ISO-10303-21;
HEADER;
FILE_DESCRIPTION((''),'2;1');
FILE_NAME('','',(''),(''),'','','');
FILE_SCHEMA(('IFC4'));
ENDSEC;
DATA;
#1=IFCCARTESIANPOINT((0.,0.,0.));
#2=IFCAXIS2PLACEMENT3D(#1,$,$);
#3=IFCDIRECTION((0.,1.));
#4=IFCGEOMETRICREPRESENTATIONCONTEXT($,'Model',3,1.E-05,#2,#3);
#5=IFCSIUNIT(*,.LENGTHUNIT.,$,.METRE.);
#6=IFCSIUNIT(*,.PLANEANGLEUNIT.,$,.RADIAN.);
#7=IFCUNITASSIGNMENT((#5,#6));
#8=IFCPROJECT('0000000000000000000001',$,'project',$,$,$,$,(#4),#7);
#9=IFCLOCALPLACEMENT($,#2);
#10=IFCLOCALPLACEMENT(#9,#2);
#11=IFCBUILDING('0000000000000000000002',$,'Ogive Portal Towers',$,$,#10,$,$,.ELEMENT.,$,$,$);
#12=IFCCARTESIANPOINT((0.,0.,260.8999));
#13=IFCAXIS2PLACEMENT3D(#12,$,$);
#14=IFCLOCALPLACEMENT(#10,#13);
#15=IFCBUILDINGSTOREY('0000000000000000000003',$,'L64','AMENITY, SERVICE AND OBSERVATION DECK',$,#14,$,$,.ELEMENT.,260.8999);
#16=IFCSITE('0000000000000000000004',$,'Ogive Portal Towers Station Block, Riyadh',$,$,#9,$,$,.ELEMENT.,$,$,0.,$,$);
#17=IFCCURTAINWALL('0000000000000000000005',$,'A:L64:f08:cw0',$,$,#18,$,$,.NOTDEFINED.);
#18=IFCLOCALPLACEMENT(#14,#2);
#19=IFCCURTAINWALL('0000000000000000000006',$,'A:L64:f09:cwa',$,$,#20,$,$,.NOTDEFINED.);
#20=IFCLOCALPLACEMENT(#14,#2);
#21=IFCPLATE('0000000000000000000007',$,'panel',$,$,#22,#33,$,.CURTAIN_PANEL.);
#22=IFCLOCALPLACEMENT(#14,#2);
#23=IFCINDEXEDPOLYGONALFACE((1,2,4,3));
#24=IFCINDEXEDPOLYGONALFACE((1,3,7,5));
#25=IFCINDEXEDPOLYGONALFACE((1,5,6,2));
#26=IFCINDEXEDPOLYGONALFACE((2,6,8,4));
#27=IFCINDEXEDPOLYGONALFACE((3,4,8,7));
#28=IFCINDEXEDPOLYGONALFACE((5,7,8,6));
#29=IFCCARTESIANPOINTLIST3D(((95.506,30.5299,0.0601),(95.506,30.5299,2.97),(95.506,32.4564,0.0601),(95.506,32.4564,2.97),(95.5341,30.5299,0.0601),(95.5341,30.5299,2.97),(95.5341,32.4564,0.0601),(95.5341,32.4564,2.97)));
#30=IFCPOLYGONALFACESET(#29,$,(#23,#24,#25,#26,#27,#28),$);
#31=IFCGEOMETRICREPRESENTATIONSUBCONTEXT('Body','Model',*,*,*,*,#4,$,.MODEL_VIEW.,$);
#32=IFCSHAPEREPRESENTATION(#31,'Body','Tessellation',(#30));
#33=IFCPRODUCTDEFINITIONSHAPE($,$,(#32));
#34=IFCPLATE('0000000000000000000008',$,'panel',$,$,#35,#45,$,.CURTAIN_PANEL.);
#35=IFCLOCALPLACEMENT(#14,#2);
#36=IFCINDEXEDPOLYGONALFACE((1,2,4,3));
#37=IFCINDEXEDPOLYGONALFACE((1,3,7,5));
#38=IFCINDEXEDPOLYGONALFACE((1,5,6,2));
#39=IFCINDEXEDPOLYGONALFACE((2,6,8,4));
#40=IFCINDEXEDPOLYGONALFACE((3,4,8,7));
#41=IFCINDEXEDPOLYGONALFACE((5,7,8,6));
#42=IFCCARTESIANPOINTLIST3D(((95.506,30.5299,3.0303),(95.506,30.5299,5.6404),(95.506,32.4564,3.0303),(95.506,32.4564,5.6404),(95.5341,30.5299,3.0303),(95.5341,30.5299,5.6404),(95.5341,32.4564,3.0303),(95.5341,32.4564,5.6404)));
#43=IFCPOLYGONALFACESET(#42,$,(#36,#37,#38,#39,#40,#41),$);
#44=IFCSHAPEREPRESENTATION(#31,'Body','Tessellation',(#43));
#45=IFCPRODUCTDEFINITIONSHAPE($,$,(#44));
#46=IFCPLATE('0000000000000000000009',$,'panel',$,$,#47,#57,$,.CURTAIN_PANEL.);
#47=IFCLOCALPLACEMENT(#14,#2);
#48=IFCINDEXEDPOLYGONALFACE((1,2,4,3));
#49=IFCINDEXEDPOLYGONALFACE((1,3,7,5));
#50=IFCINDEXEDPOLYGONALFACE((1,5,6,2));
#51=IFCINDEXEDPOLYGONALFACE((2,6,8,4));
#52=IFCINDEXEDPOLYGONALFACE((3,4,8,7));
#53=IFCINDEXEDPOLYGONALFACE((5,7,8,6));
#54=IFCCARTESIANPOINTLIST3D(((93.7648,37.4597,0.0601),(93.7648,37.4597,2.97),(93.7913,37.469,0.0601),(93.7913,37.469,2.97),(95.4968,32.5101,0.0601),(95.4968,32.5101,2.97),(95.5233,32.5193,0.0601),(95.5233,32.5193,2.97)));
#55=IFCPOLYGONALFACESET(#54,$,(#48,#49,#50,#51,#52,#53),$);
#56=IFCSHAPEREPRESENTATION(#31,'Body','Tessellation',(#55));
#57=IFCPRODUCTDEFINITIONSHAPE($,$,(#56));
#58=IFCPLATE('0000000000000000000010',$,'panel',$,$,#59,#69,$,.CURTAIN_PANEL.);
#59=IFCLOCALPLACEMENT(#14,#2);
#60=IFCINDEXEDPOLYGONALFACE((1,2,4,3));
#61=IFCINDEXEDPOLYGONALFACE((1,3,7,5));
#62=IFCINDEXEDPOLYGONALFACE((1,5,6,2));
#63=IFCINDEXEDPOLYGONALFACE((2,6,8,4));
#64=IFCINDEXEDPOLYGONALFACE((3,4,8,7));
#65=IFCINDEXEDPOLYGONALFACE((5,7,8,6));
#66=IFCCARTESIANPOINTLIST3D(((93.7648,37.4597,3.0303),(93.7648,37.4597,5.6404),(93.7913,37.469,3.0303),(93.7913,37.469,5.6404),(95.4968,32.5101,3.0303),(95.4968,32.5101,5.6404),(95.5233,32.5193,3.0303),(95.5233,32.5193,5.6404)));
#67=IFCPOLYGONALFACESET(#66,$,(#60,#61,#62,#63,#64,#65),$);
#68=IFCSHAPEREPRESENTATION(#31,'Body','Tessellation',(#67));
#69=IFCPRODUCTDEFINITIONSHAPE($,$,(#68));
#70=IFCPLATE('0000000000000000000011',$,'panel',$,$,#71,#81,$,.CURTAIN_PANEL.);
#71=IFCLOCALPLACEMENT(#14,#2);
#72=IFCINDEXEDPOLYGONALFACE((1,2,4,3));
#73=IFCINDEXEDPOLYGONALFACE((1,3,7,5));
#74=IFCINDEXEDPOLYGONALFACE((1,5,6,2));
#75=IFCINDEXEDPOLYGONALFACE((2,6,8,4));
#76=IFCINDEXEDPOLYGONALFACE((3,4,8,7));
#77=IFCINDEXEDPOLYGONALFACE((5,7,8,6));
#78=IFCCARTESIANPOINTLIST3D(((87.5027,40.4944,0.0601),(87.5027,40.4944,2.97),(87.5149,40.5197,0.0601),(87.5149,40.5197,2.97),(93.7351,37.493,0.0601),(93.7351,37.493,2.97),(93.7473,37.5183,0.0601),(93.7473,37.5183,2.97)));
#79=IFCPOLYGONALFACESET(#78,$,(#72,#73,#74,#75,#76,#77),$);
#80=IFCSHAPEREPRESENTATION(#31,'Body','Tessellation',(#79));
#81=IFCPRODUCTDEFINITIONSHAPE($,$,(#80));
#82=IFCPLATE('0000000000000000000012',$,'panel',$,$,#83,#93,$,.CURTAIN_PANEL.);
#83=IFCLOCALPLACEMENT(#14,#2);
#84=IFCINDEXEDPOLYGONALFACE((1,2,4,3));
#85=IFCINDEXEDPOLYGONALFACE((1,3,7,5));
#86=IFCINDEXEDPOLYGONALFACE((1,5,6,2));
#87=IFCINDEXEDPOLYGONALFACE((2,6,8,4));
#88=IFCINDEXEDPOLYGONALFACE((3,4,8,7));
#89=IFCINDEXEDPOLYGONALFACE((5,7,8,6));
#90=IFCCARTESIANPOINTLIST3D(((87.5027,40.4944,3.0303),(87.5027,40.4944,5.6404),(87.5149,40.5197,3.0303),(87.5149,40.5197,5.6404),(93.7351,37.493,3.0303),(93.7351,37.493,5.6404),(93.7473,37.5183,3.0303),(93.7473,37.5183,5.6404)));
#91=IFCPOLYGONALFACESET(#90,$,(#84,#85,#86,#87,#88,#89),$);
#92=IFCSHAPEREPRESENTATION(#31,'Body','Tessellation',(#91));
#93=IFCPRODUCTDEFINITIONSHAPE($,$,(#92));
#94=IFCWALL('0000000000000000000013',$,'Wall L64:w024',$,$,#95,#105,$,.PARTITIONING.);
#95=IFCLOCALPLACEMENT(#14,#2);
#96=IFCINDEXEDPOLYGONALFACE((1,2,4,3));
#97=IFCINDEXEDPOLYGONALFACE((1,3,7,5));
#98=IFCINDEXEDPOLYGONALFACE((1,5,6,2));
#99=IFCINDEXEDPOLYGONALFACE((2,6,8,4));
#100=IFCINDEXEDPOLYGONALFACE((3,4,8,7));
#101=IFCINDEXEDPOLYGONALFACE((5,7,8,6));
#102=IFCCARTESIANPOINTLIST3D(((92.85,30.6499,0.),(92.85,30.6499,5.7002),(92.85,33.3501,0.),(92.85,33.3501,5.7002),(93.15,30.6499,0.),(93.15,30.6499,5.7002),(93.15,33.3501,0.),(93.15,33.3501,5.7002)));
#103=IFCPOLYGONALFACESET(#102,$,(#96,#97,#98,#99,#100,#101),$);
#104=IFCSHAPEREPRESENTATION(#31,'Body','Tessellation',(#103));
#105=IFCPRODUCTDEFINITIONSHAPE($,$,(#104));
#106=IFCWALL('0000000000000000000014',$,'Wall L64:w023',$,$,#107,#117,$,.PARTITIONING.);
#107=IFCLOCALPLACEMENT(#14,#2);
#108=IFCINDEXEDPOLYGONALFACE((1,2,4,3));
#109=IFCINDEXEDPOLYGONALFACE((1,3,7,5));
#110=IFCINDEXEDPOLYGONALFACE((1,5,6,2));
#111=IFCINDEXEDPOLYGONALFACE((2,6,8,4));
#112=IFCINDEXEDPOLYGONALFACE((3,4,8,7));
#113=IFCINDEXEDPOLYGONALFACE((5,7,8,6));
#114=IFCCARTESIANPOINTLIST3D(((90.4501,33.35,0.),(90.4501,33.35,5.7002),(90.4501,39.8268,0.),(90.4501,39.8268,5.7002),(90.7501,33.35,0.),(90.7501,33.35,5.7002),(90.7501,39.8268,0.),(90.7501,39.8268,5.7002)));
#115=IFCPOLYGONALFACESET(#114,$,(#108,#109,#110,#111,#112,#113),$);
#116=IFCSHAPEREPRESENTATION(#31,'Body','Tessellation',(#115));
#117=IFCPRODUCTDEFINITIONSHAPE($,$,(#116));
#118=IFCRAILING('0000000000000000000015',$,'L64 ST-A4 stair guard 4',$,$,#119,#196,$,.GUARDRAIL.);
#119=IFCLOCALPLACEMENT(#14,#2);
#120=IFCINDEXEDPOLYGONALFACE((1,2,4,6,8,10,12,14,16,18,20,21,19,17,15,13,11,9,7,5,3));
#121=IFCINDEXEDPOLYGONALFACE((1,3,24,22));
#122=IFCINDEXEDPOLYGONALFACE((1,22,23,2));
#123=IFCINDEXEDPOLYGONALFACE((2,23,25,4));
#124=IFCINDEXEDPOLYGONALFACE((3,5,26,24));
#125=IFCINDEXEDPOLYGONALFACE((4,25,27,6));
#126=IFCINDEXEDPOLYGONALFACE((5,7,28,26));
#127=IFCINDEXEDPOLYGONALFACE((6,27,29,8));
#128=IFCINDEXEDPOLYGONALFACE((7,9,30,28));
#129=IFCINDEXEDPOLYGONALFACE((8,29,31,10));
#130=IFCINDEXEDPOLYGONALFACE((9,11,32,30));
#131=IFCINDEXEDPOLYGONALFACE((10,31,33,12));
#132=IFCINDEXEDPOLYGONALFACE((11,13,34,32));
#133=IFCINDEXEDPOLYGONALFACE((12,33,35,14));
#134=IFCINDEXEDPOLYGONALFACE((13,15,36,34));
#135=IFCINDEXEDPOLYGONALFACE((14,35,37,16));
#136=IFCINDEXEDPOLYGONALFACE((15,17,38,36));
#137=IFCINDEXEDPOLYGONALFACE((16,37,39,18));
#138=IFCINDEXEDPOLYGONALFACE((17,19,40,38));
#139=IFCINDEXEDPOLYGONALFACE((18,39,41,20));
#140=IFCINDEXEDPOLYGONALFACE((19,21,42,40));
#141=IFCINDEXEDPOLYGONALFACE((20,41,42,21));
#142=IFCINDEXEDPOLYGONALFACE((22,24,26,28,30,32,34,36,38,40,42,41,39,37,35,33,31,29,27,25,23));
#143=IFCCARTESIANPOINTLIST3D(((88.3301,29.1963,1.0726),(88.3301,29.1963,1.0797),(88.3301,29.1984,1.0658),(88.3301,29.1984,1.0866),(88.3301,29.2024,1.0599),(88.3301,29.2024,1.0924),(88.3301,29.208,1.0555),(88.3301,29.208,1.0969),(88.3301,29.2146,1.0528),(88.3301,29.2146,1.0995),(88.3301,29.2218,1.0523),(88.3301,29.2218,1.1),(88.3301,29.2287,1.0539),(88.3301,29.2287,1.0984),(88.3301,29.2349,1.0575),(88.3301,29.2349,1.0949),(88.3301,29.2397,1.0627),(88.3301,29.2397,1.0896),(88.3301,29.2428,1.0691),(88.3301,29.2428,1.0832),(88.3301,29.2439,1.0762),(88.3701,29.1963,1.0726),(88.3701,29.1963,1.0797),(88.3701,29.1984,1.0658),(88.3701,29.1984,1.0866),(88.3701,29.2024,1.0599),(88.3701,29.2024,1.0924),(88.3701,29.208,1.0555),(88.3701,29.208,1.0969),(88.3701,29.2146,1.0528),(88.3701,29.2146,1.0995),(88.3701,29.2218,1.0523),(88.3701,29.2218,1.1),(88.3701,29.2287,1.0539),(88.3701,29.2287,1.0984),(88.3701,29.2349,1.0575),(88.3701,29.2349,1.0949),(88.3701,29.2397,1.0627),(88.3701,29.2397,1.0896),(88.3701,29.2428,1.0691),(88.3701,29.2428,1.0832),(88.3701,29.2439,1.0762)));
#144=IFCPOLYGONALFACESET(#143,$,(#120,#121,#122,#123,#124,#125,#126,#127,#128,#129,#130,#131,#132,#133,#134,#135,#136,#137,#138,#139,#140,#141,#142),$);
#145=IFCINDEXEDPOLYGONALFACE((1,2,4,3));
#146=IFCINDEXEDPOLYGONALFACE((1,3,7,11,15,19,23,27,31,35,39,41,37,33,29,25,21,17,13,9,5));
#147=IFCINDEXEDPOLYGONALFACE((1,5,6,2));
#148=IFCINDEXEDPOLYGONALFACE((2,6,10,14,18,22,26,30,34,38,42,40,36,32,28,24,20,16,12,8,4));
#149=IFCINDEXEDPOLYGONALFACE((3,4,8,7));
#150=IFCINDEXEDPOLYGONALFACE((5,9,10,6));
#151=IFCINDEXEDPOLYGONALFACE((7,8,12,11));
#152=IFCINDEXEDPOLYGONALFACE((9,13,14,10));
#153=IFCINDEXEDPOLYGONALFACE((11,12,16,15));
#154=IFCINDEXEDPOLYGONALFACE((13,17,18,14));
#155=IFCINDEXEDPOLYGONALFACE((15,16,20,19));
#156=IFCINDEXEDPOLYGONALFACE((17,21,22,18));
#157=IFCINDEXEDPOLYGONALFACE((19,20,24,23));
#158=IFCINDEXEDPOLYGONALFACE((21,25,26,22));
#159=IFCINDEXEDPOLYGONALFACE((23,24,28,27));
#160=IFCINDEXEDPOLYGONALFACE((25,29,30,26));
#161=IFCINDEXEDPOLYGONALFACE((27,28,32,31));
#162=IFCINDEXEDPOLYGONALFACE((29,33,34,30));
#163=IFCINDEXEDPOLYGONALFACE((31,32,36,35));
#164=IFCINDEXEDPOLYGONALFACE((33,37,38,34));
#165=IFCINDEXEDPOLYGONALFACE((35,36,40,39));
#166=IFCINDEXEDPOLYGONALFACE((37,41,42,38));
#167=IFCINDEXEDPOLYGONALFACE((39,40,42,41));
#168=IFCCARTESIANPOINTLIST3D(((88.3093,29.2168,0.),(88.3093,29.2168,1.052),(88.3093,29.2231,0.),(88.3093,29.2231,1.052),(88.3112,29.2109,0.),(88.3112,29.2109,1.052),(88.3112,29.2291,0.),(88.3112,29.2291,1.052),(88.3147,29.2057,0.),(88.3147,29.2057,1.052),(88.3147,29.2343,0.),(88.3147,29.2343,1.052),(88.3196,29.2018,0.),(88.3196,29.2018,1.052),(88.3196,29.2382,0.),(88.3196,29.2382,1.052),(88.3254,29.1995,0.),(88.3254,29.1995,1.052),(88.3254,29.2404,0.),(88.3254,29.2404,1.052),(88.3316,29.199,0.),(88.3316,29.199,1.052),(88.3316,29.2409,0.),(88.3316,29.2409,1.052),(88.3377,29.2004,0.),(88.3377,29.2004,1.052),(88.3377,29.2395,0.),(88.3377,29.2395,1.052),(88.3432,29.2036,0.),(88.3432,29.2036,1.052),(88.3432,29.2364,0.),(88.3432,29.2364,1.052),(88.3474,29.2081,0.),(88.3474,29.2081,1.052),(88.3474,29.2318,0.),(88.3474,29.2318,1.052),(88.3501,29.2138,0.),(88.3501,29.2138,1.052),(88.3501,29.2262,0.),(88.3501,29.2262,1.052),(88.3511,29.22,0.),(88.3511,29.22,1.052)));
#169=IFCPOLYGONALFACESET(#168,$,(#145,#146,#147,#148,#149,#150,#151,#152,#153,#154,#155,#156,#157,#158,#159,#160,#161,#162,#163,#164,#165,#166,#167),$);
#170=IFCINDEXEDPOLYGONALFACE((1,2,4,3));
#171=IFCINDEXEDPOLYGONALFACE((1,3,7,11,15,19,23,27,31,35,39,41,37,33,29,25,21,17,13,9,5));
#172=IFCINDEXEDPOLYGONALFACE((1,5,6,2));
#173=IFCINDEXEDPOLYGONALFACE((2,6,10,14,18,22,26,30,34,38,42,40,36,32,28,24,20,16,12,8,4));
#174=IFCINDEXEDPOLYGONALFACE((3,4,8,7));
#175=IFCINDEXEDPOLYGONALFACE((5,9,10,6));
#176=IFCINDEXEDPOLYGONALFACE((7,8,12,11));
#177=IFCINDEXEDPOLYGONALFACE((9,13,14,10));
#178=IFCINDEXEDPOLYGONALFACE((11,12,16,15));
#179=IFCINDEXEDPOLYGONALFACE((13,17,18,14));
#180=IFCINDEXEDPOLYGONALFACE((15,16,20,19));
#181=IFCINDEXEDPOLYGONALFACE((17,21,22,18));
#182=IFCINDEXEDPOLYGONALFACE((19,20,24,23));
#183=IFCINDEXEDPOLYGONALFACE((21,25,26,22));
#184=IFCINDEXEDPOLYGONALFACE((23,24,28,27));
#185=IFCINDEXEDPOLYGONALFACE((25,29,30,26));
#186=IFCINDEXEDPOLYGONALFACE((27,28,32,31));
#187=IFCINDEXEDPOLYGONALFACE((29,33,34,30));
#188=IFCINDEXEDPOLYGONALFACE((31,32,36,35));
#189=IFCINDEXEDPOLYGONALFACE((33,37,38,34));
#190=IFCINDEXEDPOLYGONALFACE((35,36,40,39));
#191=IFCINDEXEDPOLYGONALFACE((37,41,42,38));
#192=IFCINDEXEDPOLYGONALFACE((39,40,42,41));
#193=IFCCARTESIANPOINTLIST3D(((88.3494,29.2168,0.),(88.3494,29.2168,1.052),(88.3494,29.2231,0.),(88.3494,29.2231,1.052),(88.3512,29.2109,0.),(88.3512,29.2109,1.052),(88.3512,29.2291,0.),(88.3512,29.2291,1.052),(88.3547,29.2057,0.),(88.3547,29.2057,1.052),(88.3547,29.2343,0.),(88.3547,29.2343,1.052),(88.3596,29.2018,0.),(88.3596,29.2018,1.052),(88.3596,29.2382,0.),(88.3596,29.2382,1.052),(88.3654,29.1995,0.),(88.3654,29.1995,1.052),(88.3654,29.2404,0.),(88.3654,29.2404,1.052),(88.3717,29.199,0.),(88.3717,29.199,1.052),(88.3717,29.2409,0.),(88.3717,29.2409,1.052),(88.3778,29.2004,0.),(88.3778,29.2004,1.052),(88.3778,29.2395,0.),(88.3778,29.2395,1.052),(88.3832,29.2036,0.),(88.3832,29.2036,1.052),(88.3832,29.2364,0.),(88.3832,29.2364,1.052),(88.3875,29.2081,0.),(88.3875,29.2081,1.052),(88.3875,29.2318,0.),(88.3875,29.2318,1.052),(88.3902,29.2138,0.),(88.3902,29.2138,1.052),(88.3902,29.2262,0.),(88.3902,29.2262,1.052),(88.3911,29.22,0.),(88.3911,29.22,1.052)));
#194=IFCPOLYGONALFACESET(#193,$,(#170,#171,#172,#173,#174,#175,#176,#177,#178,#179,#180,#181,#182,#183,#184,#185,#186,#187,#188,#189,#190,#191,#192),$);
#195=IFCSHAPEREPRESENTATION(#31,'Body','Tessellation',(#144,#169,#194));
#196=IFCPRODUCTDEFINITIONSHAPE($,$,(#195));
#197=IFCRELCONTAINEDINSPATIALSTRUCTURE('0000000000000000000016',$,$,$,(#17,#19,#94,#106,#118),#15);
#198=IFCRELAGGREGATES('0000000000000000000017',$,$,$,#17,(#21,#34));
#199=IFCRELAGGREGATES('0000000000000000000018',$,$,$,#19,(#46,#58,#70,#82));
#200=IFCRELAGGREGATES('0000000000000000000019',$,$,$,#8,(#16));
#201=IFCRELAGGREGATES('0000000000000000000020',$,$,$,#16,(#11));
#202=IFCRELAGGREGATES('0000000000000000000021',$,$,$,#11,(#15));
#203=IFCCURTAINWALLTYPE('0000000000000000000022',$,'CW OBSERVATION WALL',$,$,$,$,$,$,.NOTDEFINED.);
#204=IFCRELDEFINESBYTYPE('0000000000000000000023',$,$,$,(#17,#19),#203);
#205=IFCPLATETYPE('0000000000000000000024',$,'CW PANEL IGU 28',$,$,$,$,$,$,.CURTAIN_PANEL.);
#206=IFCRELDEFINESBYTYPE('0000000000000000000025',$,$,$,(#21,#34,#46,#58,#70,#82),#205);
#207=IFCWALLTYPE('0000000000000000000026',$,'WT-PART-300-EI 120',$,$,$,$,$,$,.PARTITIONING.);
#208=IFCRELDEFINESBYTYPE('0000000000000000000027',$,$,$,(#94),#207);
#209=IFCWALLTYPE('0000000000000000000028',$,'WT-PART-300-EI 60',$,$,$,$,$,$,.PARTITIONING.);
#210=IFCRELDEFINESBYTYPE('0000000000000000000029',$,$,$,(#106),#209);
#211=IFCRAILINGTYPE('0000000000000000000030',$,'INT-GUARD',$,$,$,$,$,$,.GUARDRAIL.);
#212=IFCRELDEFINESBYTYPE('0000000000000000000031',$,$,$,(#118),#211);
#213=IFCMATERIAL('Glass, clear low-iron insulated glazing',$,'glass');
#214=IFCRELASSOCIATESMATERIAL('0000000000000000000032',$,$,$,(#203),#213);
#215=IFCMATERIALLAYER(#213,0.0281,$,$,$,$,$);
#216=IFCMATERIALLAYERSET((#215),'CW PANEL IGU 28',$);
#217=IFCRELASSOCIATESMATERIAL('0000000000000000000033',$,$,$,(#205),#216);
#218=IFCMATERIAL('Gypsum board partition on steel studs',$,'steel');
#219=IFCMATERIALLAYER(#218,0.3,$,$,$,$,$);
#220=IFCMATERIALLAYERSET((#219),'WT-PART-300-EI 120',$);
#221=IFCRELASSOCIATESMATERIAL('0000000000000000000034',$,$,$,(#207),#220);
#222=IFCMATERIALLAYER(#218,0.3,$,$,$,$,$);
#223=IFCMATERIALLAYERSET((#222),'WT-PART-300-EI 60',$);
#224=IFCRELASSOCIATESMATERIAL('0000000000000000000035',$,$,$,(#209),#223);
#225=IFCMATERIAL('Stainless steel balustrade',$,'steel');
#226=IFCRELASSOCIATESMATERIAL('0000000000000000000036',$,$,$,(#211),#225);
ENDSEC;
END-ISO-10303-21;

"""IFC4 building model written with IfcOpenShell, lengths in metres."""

from ifc_helpers import new_model, si_unit, direction, frame, frame_2d, origin, origin_2d, place, context, subcontext, project, spatial, rectangle, circle, extrude, material, layer, layer_set, type_object, element, aggregate, save


model = new_model("IFC4")

# Units and contexts
model_context = context("Model", 3, precision=1e-05, world=origin(), true_north=direction((0.0, 1.0)))
body_context = subcontext(model_context, "Body", "Model", "MODEL_VIEW")
ifc_project = project(units=[si_unit("LENGTHUNIT", "METRE"), si_unit("PLANEANGLEUNIT", "RADIAN")], contexts=[model_context])

# Site, building, storey
site_placement = place(None, origin())
site = spatial("IfcSite", under=ifc_project, at=site_placement, Name="Ogive Portal Towers Station Block, Riyadh", CompositionType="ELEMENT", RefElevation=0.0)
building_placement = place(site_placement, origin())
building = spatial("IfcBuilding", under=site, at=building_placement, Name="Ogive Portal Towers", CompositionType="ELEMENT")
storey_placement = place(building_placement, frame((0.0, 0.0, 260.8999)))
storey = spatial("IfcBuildingStorey", under=building, at=storey_placement, Name="L64", Description="AMENITY, SERVICE AND OBSERVATION DECK", CompositionType="ELEMENT", Elevation=260.8999)

# Curtain wall
ifc_material_1 = material(Name="Glass, clear low-iron insulated glazing", Category="glass")
curtain_wall_type = type_object("IfcCurtainWallType", Name="CW OBSERVATION WALL", PredefinedType="NOTDEFINED", material=ifc_material_1)
curtain_wall_1_placement = place(storey_placement, origin())
curtain_wall_1 = element("IfcCurtainWall", 1, at=curtain_wall_1_placement, inside=storey, type_object=curtain_wall_type, Name="A:L64:f08:cw0", PredefinedType="NOTDEFINED")

# Curtain wall
curtain_wall_2_placement = place(storey_placement, origin())
curtain_wall_2 = element("IfcCurtainWall", 2, at=curtain_wall_2_placement, inside=storey, type_object=curtain_wall_type, Name="A:L64:f09:cwa", PredefinedType="NOTDEFINED")

# Plates
ifc_layer_1 = layer(ifc_material_1, 0.0281)
ifc_layer_set_1 = layer_set([ifc_layer_1], Name="CW PANEL IGU 28")
plate_type = type_object("IfcPlateType", Name="CW PANEL IGU 28", PredefinedType="CURTAIN_PANEL", material=ifc_layer_set_1)
plate_1_placement = place(storey_placement, frame((95.52, 31.4932, 0.0601), z_axis=(0.0, 0.0, 1.0), x_axis=(0.0, 1.0, 0.0)))
plate_1 = element("IfcPlate", 3, at=plate_1_placement, type_object=plate_type, Name="panel", PredefinedType="CURTAIN_PANEL", context=body_context, shape_type="SweptSolid", body=[
    extrude(rectangle(XDim=1.9265, YDim=0.0281, at=origin_2d()), origin(), (0.0, 0.0, 1.0), 2.9099),
])
plate_2_placement = place(storey_placement, frame((95.52, 31.4932, 3.0303), z_axis=(0.0, 0.0, 1.0), x_axis=(0.0, 1.0, 0.0)))
plate_2 = element("IfcPlate", 4, at=plate_2_placement, type_object=plate_type, Name="panel", PredefinedType="CURTAIN_PANEL", context=body_context, shape_type="SweptSolid", body=[
    extrude(rectangle(XDim=1.9265, YDim=0.0281, at=origin_2d()), origin(), (0.0, 0.0, 1.0), 2.6101),
])
aggregate(curtain_wall_1, [plate_1, plate_2])
plate_3_placement = place(storey_placement, frame((94.644, 34.9895, 0.0601), z_axis=(0.0, 0.0, 1.0), x_axis=(-0.330279, 0.943883, 0.0)))
plate_3 = element("IfcPlate", 5, at=plate_3_placement, type_object=plate_type, Name="panel", PredefinedType="CURTAIN_PANEL", context=body_context, shape_type="SweptSolid", body=[
    extrude(rectangle(XDim=5.2439, YDim=0.0281, at=origin_2d()), origin(), (0.0, 0.0, 1.0), 2.9099),
])
plate_4_placement = place(storey_placement, frame((94.644, 34.9895, 3.0303), z_axis=(0.0, 0.0, 1.0), x_axis=(-0.330279, 0.943883, 0.0)))
plate_4 = element("IfcPlate", 6, at=plate_4_placement, type_object=plate_type, Name="panel", PredefinedType="CURTAIN_PANEL", context=body_context, shape_type="SweptSolid", body=[
    extrude(rectangle(XDim=5.2439, YDim=0.0281, at=origin_2d()), origin(), (0.0, 0.0, 1.0), 2.6101),
])
plate_5_placement = place(storey_placement, frame((90.625, 39.0063, 0.0601), z_axis=(0.0, 0.0, 1.0), x_axis=(-0.900969, 0.433884, 0.0)))
plate_5 = element("IfcPlate", 7, at=plate_5_placement, type_object=plate_type, Name="panel", PredefinedType="CURTAIN_PANEL", context=body_context, shape_type="SweptSolid", body=[
    extrude(rectangle(XDim=6.9175, YDim=0.0281, at=origin_2d()), origin(), (0.0, 0.0, 1.0), 2.9099),
])
plate_6_placement = place(storey_placement, frame((90.625, 39.0063, 3.0303), z_axis=(0.0, 0.0, 1.0), x_axis=(-0.900969, 0.433884, 0.0)))
plate_6 = element("IfcPlate", 8, at=plate_6_placement, type_object=plate_type, Name="panel", PredefinedType="CURTAIN_PANEL", context=body_context, shape_type="SweptSolid", body=[
    extrude(rectangle(XDim=6.9175, YDim=0.0281, at=origin_2d()), origin(), (0.0, 0.0, 1.0), 2.6101),
])
aggregate(curtain_wall_2, [plate_3, plate_4, plate_5, plate_6])

# Walls
ifc_material_2 = material(Name="Gypsum board partition on steel studs", Category="steel")
ifc_layer_2 = layer(ifc_material_2, 0.3)
ifc_layer_set_2 = layer_set([ifc_layer_2], Name="WT-PART-300-EI 120")
wall_type_1 = type_object("IfcWallType", Name="WT-PART-300-EI 120", PredefinedType="PARTITIONING", material=ifc_layer_set_2)
wall_1_placement = place(storey_placement, frame((93.0, 30.6499, 0.0), z_axis=(0.0, 0.0, 1.0), x_axis=(0.0, 1.0, 0.0)))
element("IfcWall", 9, at=wall_1_placement, inside=storey, type_object=wall_type_1, Name="Wall L64:w024", PredefinedType="PARTITIONING", context=body_context, shape_type="SweptSolid", body=[
    extrude(rectangle(XDim=2.7002, YDim=0.3, at=frame_2d((1.3501, 0.0))), origin(), (0.0, 0.0, 1.0), 5.7002),
])
ifc_layer_3 = layer(ifc_material_2, 0.3)
ifc_layer_set_3 = layer_set([ifc_layer_3], Name="WT-PART-300-EI 60")
wall_type_2 = type_object("IfcWallType", Name="WT-PART-300-EI 60", PredefinedType="PARTITIONING", material=ifc_layer_set_3)
wall_2_placement = place(storey_placement, frame((90.6001, 33.3501, 0.0), z_axis=(0.0, 0.0, 1.0), x_axis=(0.0, 1.0, 0.0)))
element("IfcWall", 10, at=wall_2_placement, inside=storey, type_object=wall_type_2, Name="Wall L64:w023", PredefinedType="PARTITIONING", context=body_context, shape_type="SweptSolid", body=[
    extrude(rectangle(XDim=6.4768, YDim=0.3, at=frame_2d((3.2383, 0.0))), origin(), (0.0, 0.0, 1.0), 5.7002),
])

# Railing
ifc_material_3 = material(Name="Stainless steel balustrade", Category="steel")
railing_type = type_object("IfcRailingType", Name="INT-GUARD", PredefinedType="GUARDRAIL", material=ifc_material_3)
railing_placement = place(storey_placement, frame((88.3301, 29.22, 0.0)))
element("IfcRailing", 11, at=railing_placement, inside=storey, type_object=railing_type, Name="L64 ST-A4 stair guard 4", PredefinedType="GUARDRAIL", context=body_context, shape_type="SweptSolid", body=[
    extrude(circle(Radius=0.0239, at=origin_2d()), frame((0.0, 0.0, 1.0762), z_axis=(1.0, 0.0, 0.0), x_axis=(0.0, 1.0, 0.0)), (0.0, 0.0, 1.0), 0.04),
    extrude(circle(Radius=0.021, at=origin_2d()), origin(), (0.0, 0.0, 1.0), 1.052),
    extrude(circle(Radius=0.021, at=origin_2d()), frame((0.04, 0.0, 0.0)), (0.0, 0.0, 1.0), 1.052),
])

save(model, "model.ifc")
